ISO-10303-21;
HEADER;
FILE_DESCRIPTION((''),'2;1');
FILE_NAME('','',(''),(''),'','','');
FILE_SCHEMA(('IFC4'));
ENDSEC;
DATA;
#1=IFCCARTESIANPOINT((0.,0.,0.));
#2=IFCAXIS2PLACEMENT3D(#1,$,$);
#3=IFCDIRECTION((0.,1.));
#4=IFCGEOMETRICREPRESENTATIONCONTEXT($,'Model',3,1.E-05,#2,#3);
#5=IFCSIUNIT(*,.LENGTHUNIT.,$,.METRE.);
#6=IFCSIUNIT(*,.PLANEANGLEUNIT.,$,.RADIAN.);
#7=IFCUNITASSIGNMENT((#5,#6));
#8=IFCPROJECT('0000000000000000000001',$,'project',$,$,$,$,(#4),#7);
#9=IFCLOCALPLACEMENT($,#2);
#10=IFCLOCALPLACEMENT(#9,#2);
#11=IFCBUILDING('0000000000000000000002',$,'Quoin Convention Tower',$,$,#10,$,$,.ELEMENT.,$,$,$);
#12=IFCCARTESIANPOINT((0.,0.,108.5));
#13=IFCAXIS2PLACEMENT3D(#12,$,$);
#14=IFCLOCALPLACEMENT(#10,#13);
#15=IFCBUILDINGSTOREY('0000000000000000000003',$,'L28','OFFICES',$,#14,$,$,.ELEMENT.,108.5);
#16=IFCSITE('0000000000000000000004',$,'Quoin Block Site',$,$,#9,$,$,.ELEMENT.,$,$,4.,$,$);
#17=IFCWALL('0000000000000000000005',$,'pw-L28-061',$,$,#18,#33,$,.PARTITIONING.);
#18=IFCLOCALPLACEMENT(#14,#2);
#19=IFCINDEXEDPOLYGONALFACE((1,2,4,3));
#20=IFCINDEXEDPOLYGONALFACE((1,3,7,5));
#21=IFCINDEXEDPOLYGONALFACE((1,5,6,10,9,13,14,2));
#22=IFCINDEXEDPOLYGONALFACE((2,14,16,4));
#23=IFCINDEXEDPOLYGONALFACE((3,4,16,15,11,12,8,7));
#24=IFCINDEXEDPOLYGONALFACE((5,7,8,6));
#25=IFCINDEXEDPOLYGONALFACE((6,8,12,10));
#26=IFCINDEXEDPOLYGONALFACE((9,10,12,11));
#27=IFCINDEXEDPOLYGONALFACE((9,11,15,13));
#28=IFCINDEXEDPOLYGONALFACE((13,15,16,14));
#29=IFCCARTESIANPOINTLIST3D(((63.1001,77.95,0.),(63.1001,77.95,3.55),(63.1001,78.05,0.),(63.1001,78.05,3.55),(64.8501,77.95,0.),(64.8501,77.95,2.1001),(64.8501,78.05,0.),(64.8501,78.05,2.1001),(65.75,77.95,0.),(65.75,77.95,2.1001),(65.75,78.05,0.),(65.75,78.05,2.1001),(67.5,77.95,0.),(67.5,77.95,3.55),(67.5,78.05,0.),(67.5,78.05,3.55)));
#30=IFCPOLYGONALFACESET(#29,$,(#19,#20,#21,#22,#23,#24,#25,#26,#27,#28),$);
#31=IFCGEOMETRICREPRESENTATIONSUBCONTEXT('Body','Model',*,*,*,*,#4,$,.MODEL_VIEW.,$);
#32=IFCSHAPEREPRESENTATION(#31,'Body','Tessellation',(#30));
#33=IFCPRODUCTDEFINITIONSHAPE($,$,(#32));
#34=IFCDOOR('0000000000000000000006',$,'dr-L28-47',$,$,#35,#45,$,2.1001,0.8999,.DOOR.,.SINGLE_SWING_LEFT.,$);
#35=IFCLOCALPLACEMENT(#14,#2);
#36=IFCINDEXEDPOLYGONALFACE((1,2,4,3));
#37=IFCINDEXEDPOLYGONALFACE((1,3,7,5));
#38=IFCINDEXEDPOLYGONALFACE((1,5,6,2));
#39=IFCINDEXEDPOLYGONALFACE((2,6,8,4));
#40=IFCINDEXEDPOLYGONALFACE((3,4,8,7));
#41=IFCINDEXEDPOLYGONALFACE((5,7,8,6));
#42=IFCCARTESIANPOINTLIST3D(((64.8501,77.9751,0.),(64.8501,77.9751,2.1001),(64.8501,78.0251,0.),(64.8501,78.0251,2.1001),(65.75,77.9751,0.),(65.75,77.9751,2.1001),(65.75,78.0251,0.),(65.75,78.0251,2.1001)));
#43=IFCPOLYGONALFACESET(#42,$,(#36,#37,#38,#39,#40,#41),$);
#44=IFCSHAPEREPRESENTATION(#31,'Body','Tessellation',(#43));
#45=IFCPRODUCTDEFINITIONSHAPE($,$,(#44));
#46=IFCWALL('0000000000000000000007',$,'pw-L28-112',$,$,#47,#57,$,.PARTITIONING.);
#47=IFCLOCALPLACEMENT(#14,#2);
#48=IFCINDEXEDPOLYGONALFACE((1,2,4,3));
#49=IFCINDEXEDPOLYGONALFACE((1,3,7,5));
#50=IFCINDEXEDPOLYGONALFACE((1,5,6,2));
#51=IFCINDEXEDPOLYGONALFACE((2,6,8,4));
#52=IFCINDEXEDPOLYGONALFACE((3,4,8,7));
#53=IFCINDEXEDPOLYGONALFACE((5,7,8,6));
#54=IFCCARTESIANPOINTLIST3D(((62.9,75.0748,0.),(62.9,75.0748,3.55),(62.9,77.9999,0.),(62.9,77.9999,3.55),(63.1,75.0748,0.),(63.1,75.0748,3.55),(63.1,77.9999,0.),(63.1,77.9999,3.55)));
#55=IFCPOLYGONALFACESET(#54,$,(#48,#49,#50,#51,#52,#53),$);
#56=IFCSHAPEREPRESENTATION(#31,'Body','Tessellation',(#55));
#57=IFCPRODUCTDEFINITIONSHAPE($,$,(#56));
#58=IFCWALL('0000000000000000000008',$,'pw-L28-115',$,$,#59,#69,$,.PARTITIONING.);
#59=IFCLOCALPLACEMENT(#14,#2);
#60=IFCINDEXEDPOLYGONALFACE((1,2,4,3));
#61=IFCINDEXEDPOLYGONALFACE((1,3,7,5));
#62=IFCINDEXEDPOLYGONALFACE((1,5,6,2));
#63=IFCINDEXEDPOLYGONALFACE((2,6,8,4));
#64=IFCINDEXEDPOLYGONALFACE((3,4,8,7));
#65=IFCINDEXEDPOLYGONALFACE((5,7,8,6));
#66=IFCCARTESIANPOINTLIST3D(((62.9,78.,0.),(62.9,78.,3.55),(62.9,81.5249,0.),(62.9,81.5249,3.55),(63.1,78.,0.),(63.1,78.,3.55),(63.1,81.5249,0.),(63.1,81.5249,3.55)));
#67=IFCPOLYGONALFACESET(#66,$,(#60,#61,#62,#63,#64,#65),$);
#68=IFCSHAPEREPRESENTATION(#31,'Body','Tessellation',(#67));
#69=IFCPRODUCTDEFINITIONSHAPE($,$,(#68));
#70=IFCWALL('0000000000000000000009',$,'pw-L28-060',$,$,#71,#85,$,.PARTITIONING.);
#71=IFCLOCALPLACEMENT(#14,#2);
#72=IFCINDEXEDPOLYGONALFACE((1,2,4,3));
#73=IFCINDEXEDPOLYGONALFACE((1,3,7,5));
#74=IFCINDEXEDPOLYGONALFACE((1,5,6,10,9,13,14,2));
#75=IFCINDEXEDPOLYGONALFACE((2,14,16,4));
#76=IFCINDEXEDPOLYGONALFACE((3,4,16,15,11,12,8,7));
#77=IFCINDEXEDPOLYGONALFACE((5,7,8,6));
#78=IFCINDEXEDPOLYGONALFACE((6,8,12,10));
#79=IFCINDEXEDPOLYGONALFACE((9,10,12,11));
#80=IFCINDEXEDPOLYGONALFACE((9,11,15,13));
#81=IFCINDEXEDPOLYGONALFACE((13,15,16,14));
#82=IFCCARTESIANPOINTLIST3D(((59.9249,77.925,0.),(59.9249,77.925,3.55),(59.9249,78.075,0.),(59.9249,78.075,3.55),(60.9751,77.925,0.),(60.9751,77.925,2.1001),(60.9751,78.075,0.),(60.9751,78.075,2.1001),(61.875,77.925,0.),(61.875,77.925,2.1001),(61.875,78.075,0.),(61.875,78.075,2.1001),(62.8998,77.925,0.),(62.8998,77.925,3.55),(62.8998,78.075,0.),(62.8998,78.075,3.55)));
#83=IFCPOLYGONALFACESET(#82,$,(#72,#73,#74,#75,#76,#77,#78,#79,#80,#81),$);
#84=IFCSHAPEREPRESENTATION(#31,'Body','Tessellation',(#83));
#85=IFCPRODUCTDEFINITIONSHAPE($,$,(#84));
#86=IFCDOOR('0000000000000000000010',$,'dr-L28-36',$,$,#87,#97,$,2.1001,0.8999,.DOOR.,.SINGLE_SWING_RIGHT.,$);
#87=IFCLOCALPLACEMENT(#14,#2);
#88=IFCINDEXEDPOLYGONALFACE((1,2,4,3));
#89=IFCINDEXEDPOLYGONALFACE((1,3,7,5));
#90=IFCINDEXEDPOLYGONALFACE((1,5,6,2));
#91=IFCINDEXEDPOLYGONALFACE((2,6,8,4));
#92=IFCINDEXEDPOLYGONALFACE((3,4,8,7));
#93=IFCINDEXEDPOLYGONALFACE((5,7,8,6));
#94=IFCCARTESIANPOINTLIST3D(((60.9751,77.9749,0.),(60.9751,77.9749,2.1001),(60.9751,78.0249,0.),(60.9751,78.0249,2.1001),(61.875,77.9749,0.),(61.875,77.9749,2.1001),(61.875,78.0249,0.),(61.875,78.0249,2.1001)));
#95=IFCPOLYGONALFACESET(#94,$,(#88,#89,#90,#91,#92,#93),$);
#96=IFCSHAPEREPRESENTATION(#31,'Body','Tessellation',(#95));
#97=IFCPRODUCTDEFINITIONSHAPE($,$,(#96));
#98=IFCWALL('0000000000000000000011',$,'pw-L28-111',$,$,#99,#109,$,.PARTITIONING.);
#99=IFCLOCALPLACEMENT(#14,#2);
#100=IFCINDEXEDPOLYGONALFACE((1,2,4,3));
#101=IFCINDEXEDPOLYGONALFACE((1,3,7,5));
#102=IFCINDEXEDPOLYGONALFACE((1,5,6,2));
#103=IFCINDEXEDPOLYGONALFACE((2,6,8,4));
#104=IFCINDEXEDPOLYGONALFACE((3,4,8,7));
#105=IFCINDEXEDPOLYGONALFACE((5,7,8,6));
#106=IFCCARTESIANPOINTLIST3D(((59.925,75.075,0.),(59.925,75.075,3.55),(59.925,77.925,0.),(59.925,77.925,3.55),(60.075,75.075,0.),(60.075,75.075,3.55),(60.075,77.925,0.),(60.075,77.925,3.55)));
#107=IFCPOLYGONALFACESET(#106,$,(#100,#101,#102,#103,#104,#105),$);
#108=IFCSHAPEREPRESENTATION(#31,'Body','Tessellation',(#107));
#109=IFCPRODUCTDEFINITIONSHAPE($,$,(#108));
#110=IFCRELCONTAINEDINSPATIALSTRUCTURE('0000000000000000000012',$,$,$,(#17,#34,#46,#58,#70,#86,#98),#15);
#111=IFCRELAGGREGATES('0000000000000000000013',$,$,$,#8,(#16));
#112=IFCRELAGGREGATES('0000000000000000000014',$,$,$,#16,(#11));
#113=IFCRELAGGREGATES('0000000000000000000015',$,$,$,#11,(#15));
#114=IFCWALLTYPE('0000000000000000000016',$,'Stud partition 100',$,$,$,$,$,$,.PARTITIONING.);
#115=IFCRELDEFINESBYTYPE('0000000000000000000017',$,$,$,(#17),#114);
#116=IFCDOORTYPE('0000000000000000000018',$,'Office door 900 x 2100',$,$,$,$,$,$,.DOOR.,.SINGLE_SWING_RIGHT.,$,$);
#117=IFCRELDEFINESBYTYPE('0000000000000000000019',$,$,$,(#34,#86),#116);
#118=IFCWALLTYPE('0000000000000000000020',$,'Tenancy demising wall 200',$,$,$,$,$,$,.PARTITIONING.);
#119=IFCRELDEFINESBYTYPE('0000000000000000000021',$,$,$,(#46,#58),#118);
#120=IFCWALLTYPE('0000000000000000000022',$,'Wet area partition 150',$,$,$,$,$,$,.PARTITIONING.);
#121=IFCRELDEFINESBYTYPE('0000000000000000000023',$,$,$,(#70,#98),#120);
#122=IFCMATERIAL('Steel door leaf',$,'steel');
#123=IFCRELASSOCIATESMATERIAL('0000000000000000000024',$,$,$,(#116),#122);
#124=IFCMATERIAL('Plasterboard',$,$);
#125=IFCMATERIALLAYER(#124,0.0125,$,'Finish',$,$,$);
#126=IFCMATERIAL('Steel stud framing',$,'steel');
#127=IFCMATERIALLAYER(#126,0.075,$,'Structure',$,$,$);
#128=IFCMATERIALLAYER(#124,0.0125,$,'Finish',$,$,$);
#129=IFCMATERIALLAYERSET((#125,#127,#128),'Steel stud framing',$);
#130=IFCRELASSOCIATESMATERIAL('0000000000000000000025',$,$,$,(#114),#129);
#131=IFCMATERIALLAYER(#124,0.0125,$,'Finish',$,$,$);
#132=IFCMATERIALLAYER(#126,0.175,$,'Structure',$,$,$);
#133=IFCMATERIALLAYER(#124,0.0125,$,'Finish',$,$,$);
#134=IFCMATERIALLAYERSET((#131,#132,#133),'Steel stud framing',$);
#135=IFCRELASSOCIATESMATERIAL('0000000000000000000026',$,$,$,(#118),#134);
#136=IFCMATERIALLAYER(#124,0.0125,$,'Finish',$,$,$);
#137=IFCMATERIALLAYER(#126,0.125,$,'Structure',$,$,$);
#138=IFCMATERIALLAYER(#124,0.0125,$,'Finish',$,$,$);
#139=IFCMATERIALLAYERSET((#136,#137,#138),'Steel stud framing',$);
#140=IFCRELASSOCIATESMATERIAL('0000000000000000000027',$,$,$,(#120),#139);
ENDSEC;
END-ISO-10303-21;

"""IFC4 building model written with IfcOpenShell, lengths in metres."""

from ifc_helpers import new_model, si_unit, direction, frame, frame_2d, origin, place, context, subcontext, project, spatial, rectangle, extrude, material, layer, layer_set, type_object, element, fill, save


model = new_model("IFC4")

# Units and contexts
model_context = context("Model", 3, precision=1e-05, world=origin(), true_north=direction((0.0, 1.0)))
body_context = subcontext(model_context, "Body", "Model", "MODEL_VIEW")
ifc_project = project(units=[si_unit("LENGTHUNIT", "METRE"), si_unit("PLANEANGLEUNIT", "RADIAN")], contexts=[model_context])

# Site, building, storey
site_placement = place(None, origin())
site = spatial("IfcSite", under=ifc_project, at=site_placement, Name="Quoin Block Site", CompositionType="ELEMENT", RefElevation=4.0)
building_placement = place(site_placement, origin())
building = spatial("IfcBuilding", under=site, at=building_placement, Name="Quoin Convention Tower", CompositionType="ELEMENT")
storey_placement = place(building_placement, frame((0.0, 0.0, 108.5)))
storey = spatial("IfcBuildingStorey", under=building, at=storey_placement, Name="L28", Description="OFFICES", CompositionType="ELEMENT", Elevation=108.5)

# Shared definitions
ifc_material_1 = material(Name="Plasterboard")
ifc_material_2 = material(Name="Steel stud framing", Category="steel")
ifc_material_3 = material(Name="Steel door leaf", Category="steel")
door_type_1 = type_object("IfcDoorType", Name="Office door 900 x 2100", OperationType="SINGLE_SWING_RIGHT", PredefinedType="DOOR", material=ifc_material_3)

# Wall, opening, door
ifc_layer_1 = layer(ifc_material_1, 0.0125, Name="Finish")
ifc_layer_2 = layer(ifc_material_2, 0.075, Name="Structure")
ifc_layer_3 = layer(ifc_material_1, 0.0125, Name="Finish")
ifc_layer_set_1 = layer_set([ifc_layer_1, ifc_layer_2, ifc_layer_3], Name="Steel stud framing")
wall_type_1 = type_object("IfcWallType", Name="Stud partition 100", PredefinedType="PARTITIONING", material=ifc_layer_set_1)
wall_1_placement = place(storey_placement, frame((63.1001, 78.0, 0.0), z_axis=(0.0, 0.0, 1.0), x_axis=(1.0, 0.0, 0.0)))
wall_1 = element("IfcWall", 1, at=wall_1_placement, inside=storey, type_object=wall_type_1, Name="pw-L28-061", PredefinedType="PARTITIONING", context=body_context, shape_type="SweptSolid", body=[
    extrude(rectangle(XDim=4.3999, YDim=0.1001, at=frame_2d((2.2, 0.0))), origin(), (0.0, 0.0, 1.0), 3.55),
])
opening_1_placement = place(wall_1_placement, frame((1.75, 0.0, 0.0)))
opening_1 = element("IfcOpeningElement", 2, at=opening_1_placement, cuts=wall_1, PredefinedType="OPENING", context=body_context, shape_type="SweptSolid", body=[
    extrude(rectangle(XDim=0.8999, YDim=2.1001, at=frame_2d((0.45, 1.05))), frame((0.0, 0.0601, 0.0), z_axis=(0.0, -1.0, 0.0), x_axis=(1.0, 0.0, 0.0)), (0.0, 0.0, 1.0), 0.1201),
])
door_1_placement = place(opening_1_placement, frame((0.8999, 0.0, 0.0), z_axis=(0.0, 0.0, 1.0), x_axis=(-1.0, 0.0, 0.0)))
door_1 = element("IfcDoor", 3, at=door_1_placement, inside=storey, type_object=door_type_1, Name="dr-L28-47", OperationType="SINGLE_SWING_LEFT", OverallHeight=2.1001, OverallWidth=0.8999, PredefinedType="DOOR", context=body_context, shape_type="SweptSolid", body=[
    extrude(rectangle(XDim=0.8999, YDim=2.1001, at=frame_2d((0.45, 1.05))), frame((0.0, 0.0249, 0.0), z_axis=(0.0, -1.0, 0.0), x_axis=(1.0, 0.0, 0.0)), (0.0, 0.0, 1.0), 0.05),
])
fill(opening_1, door_1)

# Walls
ifc_layer_4 = layer(ifc_material_1, 0.0125, Name="Finish")
ifc_layer_5 = layer(ifc_material_2, 0.175, Name="Structure")
ifc_layer_6 = layer(ifc_material_1, 0.0125, Name="Finish")
ifc_layer_set_2 = layer_set([ifc_layer_4, ifc_layer_5, ifc_layer_6], Name="Steel stud framing")
wall_type_2 = type_object("IfcWallType", Name="Tenancy demising wall 200", PredefinedType="PARTITIONING", material=ifc_layer_set_2)
wall_2_placement = place(storey_placement, frame((63.0, 75.075, 0.0), z_axis=(0.0, 0.0, 1.0), x_axis=(0.0, 1.0, 0.0)))
element("IfcWall", 4, at=wall_2_placement, inside=storey, type_object=wall_type_2, Name="pw-L28-112", PredefinedType="PARTITIONING", context=body_context, shape_type="SweptSolid", body=[
    extrude(rectangle(XDim=2.925, YDim=0.2, at=frame_2d((1.4624, 0.0))), origin(), (0.0, 0.0, 1.0), 3.55),
])
wall_3_placement = place(storey_placement, frame((63.0, 78.0, 0.0), z_axis=(0.0, 0.0, 1.0), x_axis=(0.0, 1.0, 0.0)))
element("IfcWall", 5, at=wall_3_placement, inside=storey, type_object=wall_type_2, Name="pw-L28-115", PredefinedType="PARTITIONING", context=body_context, shape_type="SweptSolid", body=[
    extrude(rectangle(XDim=3.5249, YDim=0.2, at=frame_2d((1.7625, 0.0))), origin(), (0.0, 0.0, 1.0), 3.55),
])

# Wall, opening, door
ifc_layer_7 = layer(ifc_material_1, 0.0125, Name="Finish")
ifc_layer_8 = layer(ifc_material_2, 0.125, Name="Structure")
ifc_layer_9 = layer(ifc_material_1, 0.0125, Name="Finish")
ifc_layer_set_3 = layer_set([ifc_layer_7, ifc_layer_8, ifc_layer_9], Name="Steel stud framing")
wall_type_3 = type_object("IfcWallType", Name="Wet area partition 150", PredefinedType="PARTITIONING", material=ifc_layer_set_3)
wall_4_placement = place(storey_placement, frame((59.925, 78.0, 0.0), z_axis=(0.0, 0.0, 1.0), x_axis=(1.0, 0.0, 0.0)))
wall_4 = element("IfcWall", 6, at=wall_4_placement, inside=storey, type_object=wall_type_3, Name="pw-L28-060", PredefinedType="PARTITIONING", context=body_context, shape_type="SweptSolid", body=[
    extrude(rectangle(XDim=2.9749, YDim=0.1499, at=frame_2d((1.4873, 0.0))), origin(), (0.0, 0.0, 1.0), 3.55),
])
opening_2_placement = place(wall_4_placement, frame((1.05, 0.0, 0.0)))
opening_2 = element("IfcOpeningElement", 7, at=opening_2_placement, cuts=wall_4, PredefinedType="OPENING", context=body_context, shape_type="SweptSolid", body=[
    extrude(rectangle(XDim=0.8999, YDim=2.1001, at=frame_2d((0.45, 1.05))), frame((0.0, 0.085, 0.0), z_axis=(0.0, -1.0, 0.0), x_axis=(1.0, 0.0, 0.0)), (0.0, 0.0, 1.0), 0.1699),
])
door_2_placement = place(opening_2_placement, origin())
door_2 = element("IfcDoor", 8, at=door_2_placement, inside=storey, type_object=door_type_1, Name="dr-L28-36", OperationType="SINGLE_SWING_RIGHT", OverallHeight=2.1001, OverallWidth=0.8999, PredefinedType="DOOR", context=body_context, shape_type="SweptSolid", body=[
    extrude(rectangle(XDim=0.8999, YDim=2.1001, at=frame_2d((0.45, 1.05))), frame((0.0, 0.0249, 0.0), z_axis=(0.0, -1.0, 0.0), x_axis=(1.0, 0.0, 0.0)), (0.0, 0.0, 1.0), 0.05),
])
fill(opening_2, door_2)

# Wall
wall_5_placement = place(storey_placement, frame((60.0, 75.075, 0.0), z_axis=(0.0, 0.0, 1.0), x_axis=(0.0, 1.0, 0.0)))
element("IfcWall", 9, at=wall_5_placement, inside=storey, type_object=wall_type_3, Name="pw-L28-111", PredefinedType="PARTITIONING", context=body_context, shape_type="SweptSolid", body=[
    extrude(rectangle(XDim=2.8501, YDim=0.1499, at=frame_2d((1.425, 0.0))), origin(), (0.0, 0.0, 1.0), 3.55),
])

save(model, "model.ifc")
